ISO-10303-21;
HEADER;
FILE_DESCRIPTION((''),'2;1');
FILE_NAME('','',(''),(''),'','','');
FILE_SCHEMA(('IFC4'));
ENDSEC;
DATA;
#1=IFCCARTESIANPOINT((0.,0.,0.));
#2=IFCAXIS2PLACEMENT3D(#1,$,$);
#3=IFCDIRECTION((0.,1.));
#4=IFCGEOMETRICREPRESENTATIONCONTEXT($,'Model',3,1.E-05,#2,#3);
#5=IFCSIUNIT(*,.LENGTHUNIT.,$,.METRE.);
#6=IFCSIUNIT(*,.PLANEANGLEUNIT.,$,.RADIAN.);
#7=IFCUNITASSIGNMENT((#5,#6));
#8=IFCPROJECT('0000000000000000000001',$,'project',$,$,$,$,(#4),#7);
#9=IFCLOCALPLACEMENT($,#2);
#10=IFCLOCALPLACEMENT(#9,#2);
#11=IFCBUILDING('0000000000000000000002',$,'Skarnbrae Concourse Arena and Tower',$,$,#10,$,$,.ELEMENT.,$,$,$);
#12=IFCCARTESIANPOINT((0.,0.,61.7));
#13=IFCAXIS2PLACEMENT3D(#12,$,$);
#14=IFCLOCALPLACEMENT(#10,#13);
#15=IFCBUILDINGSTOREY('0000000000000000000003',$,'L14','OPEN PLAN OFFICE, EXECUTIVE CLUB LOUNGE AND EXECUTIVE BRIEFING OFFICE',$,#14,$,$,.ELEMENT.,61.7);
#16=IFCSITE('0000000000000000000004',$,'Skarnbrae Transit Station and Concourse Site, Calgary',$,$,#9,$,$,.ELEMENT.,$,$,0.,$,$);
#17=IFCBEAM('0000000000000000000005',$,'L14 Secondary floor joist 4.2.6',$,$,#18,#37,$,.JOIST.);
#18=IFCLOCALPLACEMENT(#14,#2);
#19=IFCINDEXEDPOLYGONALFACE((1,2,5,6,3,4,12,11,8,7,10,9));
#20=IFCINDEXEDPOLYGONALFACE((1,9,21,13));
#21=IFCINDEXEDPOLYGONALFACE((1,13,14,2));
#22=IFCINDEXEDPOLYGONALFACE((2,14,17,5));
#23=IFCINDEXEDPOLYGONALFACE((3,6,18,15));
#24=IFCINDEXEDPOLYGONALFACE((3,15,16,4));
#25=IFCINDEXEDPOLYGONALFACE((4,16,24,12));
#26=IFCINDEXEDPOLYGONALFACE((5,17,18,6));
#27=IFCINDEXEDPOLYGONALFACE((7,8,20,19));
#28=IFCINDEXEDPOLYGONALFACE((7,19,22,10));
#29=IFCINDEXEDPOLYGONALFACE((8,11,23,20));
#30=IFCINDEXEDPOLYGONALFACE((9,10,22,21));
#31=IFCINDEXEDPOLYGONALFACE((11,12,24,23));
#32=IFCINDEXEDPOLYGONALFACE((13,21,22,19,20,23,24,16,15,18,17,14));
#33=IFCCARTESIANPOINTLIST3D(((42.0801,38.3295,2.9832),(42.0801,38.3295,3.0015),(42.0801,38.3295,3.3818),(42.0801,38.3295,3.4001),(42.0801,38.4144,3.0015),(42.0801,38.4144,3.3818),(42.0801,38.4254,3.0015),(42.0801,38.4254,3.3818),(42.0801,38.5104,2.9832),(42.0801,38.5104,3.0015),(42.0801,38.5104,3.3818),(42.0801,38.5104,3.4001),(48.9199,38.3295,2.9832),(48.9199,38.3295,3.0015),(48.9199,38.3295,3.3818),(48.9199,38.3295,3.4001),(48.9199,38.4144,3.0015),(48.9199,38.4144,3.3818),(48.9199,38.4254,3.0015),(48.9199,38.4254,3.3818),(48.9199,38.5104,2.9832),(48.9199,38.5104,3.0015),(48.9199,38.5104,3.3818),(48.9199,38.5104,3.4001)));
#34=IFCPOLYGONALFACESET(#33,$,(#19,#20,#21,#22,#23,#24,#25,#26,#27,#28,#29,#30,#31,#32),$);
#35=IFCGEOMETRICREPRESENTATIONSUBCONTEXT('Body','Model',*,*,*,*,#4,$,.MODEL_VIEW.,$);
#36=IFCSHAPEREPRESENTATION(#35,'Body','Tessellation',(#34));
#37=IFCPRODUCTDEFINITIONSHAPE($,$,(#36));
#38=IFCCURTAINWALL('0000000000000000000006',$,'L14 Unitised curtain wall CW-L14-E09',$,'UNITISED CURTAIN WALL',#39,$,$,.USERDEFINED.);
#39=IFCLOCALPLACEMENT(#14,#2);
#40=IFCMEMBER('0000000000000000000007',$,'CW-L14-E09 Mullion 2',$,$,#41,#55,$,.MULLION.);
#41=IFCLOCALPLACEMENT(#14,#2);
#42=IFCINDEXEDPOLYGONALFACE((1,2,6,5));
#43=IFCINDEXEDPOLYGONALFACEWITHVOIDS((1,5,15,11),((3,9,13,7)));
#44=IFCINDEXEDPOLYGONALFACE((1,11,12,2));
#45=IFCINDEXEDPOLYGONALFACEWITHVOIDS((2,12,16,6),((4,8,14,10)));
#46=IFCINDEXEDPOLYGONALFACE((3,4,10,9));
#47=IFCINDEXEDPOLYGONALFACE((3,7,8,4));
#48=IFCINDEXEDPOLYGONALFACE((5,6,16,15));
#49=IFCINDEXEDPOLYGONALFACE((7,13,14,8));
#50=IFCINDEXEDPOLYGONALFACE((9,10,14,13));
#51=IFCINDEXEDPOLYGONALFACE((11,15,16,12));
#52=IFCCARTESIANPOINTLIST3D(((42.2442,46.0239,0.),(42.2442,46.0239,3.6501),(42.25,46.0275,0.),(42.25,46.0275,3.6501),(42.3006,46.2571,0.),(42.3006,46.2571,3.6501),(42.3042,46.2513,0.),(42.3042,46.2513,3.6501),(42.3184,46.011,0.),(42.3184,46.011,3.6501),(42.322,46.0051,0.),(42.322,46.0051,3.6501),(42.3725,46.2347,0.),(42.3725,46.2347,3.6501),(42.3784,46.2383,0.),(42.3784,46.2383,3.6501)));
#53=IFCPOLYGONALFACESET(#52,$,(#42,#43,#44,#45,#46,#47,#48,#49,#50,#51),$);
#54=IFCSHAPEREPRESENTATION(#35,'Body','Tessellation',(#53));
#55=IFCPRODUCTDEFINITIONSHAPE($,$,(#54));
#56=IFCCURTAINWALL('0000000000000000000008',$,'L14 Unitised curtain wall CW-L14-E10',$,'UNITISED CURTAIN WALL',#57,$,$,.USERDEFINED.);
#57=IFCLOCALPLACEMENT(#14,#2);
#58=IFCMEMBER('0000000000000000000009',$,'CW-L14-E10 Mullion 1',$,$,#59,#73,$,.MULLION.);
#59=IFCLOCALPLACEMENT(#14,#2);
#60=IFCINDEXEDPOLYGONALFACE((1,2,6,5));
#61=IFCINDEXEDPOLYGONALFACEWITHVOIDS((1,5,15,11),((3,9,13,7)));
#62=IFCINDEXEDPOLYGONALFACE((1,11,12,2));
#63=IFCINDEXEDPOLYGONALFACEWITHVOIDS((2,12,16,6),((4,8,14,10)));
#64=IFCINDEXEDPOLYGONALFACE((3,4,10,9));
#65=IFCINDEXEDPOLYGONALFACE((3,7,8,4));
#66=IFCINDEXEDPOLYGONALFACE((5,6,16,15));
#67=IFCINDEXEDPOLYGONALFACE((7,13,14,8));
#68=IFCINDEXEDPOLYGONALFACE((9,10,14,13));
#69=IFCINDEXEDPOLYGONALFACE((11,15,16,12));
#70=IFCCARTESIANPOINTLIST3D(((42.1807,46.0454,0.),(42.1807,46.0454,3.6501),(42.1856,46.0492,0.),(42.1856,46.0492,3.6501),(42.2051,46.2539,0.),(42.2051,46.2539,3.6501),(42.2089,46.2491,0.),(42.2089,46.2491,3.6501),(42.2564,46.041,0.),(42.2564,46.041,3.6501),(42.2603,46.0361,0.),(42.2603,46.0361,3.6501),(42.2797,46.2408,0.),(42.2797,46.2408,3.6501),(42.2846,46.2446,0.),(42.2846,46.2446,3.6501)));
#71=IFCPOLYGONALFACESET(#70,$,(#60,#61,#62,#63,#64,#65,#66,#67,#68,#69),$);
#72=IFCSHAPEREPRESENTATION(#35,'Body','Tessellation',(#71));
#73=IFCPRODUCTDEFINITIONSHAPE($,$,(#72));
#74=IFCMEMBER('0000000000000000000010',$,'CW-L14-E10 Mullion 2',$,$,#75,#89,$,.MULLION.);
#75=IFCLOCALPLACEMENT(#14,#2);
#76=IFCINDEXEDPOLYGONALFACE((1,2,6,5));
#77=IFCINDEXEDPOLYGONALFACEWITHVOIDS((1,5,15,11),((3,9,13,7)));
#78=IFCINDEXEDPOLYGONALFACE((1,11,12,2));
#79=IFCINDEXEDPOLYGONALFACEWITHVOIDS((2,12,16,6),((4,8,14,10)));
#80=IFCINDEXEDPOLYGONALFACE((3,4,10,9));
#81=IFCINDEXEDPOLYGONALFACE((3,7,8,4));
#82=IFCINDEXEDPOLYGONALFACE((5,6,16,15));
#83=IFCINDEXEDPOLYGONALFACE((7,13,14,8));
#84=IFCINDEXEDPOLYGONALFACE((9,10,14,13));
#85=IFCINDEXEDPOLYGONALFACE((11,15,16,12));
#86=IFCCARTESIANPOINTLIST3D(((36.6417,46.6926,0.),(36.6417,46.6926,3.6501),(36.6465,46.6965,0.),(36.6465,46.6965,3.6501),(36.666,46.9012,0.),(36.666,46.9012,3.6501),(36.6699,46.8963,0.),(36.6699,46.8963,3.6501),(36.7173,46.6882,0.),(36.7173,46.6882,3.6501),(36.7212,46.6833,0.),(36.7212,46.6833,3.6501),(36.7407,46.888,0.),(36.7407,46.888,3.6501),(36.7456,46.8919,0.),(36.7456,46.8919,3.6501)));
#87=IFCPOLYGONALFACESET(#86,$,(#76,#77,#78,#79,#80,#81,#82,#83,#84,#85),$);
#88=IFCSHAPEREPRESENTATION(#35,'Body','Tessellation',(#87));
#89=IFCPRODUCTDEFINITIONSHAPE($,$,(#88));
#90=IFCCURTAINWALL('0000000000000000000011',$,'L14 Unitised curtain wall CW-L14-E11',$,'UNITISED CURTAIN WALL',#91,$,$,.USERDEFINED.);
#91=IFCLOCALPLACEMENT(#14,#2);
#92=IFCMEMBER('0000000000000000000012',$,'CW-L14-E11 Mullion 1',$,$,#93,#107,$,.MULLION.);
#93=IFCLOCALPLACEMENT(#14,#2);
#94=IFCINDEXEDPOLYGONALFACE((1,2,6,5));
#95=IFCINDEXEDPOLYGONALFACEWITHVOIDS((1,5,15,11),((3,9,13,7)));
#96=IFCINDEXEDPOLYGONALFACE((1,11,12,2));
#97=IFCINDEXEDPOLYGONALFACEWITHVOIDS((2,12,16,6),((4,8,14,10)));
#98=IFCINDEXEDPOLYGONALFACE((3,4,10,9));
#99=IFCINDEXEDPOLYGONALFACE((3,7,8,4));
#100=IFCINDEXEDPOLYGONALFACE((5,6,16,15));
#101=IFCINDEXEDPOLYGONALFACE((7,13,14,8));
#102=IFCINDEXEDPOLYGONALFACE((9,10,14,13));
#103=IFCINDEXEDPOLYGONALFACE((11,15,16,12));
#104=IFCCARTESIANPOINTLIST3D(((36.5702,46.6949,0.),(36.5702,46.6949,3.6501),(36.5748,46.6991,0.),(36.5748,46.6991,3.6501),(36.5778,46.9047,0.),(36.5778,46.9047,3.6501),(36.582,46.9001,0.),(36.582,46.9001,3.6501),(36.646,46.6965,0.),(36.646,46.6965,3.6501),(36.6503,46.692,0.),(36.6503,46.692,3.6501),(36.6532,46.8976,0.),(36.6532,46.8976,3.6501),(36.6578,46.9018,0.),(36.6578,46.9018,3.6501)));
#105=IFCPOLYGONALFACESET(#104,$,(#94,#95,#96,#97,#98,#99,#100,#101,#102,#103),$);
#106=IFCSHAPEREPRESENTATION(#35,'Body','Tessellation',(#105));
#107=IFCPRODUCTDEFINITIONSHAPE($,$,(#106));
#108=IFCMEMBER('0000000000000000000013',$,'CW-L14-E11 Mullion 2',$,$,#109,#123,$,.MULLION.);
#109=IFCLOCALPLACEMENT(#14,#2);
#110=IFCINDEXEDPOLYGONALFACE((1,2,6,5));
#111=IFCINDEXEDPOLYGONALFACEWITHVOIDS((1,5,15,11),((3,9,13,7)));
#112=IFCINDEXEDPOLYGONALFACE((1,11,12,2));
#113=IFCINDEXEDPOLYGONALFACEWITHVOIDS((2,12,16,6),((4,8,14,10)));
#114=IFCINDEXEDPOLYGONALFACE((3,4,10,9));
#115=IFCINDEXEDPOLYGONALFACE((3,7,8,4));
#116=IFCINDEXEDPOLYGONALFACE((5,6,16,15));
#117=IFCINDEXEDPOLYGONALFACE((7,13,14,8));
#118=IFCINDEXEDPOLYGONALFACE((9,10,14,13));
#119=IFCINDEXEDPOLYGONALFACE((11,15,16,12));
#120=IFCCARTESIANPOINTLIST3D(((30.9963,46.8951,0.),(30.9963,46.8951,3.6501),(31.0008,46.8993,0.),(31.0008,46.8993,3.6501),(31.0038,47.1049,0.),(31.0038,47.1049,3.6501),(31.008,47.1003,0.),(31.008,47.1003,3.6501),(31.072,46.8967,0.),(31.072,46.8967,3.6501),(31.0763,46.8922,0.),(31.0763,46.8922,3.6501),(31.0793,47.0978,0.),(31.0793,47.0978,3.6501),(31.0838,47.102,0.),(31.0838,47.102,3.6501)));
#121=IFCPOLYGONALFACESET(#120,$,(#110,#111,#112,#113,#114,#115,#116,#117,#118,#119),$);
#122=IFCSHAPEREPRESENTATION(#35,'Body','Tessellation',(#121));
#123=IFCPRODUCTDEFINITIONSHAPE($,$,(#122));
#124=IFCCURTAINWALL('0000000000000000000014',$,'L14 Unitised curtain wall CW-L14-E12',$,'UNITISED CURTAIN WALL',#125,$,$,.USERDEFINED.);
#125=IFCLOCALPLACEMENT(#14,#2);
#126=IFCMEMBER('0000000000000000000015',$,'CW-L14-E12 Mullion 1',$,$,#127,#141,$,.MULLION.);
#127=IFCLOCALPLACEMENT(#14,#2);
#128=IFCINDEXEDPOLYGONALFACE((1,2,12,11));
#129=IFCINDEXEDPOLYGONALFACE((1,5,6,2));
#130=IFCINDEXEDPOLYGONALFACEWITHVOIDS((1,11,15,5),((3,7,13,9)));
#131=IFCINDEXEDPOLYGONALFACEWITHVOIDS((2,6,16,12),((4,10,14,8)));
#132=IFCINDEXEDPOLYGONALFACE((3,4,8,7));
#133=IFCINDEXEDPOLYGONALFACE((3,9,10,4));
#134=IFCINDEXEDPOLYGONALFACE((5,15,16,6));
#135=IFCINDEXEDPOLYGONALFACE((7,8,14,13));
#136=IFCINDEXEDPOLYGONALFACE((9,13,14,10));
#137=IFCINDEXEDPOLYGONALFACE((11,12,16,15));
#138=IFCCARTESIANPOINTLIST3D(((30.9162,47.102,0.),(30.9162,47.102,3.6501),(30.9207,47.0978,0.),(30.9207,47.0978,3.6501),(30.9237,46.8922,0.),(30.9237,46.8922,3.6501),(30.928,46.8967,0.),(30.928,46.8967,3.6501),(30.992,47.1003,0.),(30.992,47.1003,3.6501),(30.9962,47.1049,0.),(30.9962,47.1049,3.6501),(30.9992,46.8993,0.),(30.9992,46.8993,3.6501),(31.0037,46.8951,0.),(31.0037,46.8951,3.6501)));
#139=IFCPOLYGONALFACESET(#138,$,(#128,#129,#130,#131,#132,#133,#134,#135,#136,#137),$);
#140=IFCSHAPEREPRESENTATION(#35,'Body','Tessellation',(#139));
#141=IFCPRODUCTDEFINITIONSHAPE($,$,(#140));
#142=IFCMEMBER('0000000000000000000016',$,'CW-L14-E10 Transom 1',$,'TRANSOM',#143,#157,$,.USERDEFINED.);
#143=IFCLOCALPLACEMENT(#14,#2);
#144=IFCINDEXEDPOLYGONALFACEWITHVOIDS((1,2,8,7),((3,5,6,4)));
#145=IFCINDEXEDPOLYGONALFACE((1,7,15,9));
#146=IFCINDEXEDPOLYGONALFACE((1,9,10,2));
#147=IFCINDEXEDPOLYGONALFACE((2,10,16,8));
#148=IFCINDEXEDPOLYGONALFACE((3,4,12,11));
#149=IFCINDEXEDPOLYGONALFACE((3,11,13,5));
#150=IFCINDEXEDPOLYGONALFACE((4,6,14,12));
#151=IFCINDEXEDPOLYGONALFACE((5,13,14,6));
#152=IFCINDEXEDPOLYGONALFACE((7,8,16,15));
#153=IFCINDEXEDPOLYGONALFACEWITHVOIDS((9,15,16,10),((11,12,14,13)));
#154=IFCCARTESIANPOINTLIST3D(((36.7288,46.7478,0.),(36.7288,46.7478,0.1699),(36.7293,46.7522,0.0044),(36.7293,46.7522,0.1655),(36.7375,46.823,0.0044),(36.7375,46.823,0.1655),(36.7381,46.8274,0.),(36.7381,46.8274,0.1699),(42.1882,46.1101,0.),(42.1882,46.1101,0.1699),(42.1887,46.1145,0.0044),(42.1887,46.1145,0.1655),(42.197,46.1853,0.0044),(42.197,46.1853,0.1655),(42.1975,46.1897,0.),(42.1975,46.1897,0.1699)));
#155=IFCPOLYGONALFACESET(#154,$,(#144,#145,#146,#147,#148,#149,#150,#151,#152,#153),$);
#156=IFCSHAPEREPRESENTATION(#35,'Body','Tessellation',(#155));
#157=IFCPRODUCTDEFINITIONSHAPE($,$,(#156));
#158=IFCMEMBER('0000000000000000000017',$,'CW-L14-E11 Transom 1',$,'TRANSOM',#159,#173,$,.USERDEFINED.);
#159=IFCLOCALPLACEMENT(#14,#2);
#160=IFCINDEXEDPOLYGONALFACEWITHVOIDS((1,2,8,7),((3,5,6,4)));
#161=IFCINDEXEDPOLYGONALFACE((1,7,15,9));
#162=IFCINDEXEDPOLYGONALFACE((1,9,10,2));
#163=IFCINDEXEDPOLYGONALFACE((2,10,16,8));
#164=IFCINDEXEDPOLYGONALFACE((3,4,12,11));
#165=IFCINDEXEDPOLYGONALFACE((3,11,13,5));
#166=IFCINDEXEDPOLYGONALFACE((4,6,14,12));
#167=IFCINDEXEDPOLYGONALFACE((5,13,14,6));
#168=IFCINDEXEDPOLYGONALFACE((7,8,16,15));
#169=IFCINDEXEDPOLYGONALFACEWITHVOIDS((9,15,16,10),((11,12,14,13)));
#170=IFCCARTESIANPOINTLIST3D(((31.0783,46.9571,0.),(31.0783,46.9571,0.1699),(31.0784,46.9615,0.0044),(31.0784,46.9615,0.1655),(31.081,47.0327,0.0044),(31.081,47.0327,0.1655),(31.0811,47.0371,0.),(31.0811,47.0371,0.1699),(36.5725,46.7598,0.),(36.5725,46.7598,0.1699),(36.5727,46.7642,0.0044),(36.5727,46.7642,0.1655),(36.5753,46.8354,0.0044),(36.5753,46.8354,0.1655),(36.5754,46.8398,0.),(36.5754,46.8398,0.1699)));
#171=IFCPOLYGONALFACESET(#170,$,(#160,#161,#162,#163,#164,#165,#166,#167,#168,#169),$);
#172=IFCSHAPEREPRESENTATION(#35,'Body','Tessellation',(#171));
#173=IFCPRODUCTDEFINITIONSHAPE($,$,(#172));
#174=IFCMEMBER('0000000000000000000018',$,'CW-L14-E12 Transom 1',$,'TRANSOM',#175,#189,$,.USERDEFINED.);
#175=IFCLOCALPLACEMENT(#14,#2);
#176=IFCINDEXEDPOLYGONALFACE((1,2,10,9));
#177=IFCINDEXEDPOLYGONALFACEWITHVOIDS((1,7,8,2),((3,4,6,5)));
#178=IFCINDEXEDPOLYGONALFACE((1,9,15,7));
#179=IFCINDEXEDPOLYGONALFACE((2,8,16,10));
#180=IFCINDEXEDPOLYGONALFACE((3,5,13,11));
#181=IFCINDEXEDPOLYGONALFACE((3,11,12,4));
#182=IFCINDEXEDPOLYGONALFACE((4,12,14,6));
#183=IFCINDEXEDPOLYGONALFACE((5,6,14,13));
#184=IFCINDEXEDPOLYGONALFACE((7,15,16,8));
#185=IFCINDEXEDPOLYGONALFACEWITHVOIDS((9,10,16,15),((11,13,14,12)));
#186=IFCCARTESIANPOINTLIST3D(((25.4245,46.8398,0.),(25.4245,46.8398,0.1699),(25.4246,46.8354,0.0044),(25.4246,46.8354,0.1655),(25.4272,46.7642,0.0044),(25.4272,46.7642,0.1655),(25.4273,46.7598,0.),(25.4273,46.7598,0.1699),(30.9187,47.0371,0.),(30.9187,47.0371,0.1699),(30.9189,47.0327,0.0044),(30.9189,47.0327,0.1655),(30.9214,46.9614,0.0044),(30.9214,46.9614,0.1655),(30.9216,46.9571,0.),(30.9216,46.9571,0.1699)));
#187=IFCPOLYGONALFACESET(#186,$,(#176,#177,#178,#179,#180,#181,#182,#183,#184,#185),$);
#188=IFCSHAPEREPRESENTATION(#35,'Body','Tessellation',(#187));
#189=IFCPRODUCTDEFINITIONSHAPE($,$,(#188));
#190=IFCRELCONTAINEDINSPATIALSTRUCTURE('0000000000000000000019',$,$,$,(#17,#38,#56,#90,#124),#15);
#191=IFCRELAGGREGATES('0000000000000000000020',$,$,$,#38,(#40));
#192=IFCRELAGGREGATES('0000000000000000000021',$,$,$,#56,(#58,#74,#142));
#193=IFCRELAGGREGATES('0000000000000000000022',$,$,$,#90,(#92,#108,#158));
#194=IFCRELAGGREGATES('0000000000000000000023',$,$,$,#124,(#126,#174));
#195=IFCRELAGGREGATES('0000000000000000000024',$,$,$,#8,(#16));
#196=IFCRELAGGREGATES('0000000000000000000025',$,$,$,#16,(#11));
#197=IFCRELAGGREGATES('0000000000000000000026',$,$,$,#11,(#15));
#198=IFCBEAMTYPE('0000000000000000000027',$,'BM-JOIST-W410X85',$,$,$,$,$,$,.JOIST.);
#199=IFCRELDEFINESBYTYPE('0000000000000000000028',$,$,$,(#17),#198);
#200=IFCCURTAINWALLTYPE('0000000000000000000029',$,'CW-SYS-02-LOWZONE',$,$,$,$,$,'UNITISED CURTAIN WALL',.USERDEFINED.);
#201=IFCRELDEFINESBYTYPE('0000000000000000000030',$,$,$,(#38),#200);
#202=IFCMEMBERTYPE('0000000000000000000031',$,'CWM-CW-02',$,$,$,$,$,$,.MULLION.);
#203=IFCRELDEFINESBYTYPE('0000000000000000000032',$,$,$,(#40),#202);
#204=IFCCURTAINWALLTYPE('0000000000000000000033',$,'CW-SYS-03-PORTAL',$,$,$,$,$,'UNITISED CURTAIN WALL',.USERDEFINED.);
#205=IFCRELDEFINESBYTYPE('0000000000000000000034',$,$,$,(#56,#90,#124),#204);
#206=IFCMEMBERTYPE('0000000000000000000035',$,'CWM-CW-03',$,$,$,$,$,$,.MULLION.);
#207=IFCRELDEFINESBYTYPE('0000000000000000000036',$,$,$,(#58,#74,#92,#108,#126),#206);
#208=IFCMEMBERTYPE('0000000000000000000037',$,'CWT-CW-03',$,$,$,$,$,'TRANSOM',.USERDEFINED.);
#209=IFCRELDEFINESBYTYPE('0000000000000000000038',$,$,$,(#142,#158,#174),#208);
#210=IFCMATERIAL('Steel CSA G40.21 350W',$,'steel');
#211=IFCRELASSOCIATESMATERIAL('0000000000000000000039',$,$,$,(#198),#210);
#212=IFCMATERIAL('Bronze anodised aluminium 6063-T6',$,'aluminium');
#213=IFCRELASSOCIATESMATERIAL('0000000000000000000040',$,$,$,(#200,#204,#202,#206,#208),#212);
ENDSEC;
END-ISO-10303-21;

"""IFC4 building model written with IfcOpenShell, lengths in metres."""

from ifc_helpers import new_model, si_unit, direction, frame, origin, origin_2d, place, context, subcontext, project, spatial, hollow_rectangle, i_section, extrude, source, transform, mapped, material, material_profile, profile_set, type_object, element, aggregate, save


model = new_model("IFC4")

# Units and contexts
model_context = context("Model", 3, precision=1e-05, world=origin(), true_north=direction((0.0, 1.0)))
body_context = subcontext(model_context, "Body", "Model", "MODEL_VIEW")
ifc_project = project(units=[si_unit("LENGTHUNIT", "METRE"), si_unit("PLANEANGLEUNIT", "RADIAN")], contexts=[model_context])

# Site, building, storey
site_placement = place(None, origin())
site = spatial("IfcSite", under=ifc_project, at=site_placement, Name="Skarnbrae Transit Station and Concourse Site, Calgary", CompositionType="ELEMENT", RefElevation=0.0)
building_placement = place(site_placement, origin())
building = spatial("IfcBuilding", under=site, at=building_placement, Name="Skarnbrae Concourse Arena and Tower", CompositionType="ELEMENT")
storey_placement = place(building_placement, frame((0.0, 0.0, 61.7)))
storey = spatial("IfcBuildingStorey", under=building, at=storey_placement, Name="L14", Description="OPEN PLAN OFFICE, EXECUTIVE CLUB LOUNGE AND EXECUTIVE BRIEFING OFFICE", CompositionType="ELEMENT", Elevation=61.7)

# Shared definitions
ifc_material_1 = material(Name="Steel CSA G40.21 350W", Category="steel")

# Beam
ifc_material_profile_1 = material_profile(ifc_material_1, i_section(OverallWidth=0.1809, OverallDepth=0.417, WebThickness=0.011, FlangeThickness=0.0183, at=origin_2d()), Name="W410X85")
ifc_profile_set_1 = profile_set([ifc_material_profile_1], Name="Steel CSA G40.21 350W")
beam_type_1 = type_object("IfcBeamType", Name="BM-JOIST-W410X85", PredefinedType="JOIST", material=ifc_profile_set_1)
shared_shape_1 = source(origin(), body_context, "Body", "SweptSolid", [
    extrude(i_section(OverallWidth=0.1809, OverallDepth=0.417, WebThickness=0.011, FlangeThickness=0.0183, at=origin_2d()), origin(), (0.0, 0.0, 1.0), 6.8398),
])
for number, where, z_axis, x_axis, name in (
    (1, (42.0801, 38.4199, 3.1917), (1.0, 0.0, 0.0), (0.0, 1.0, 0.0), "L14 Secondary floor joist 4.2.6"),
):
    element("IfcBeam", number, at=place(storey_placement, frame(where, z_axis=z_axis, x_axis=x_axis)), inside=storey, type_object=beam_type_1, Name=name, PredefinedType="JOIST", context=body_context, shape_type="MappedRepresentation", body=[
        mapped(shared_shape_1, transform((0.0, 0.0, 0.0))),
    ])

# Curtain wall, member
ifc_material_2 = material(Name="Bronze anodised aluminium 6063-T6", Category="aluminium")
curtain_wall_type_1 = type_object("IfcCurtainWallType", Name="CW-SYS-02-LOWZONE", ElementType="UNITISED CURTAIN WALL", PredefinedType="USERDEFINED", material=ifc_material_2)
curtain_wall_1_placement = place(storey_placement, origin())
curtain_wall_1 = element("IfcCurtainWall", 2, at=curtain_wall_1_placement, inside=storey, type_object=curtain_wall_type_1, Name="L14 Unitised curtain wall CW-L14-E09", ObjectType="UNITISED CURTAIN WALL", PredefinedType="USERDEFINED")
ifc_material_profile_2 = material_profile(ifc_material_2, hollow_rectangle(XDim=0.0801, YDim=0.24, WallThickness=0.0049, at=origin_2d()), Name="ALU-MULL-80X240")
ifc_profile_set_2 = profile_set([ifc_material_profile_2], Name="Bronze anodised aluminium 6063-T6")
member_type_1 = type_object("IfcMemberType", Name="CWM-CW-02", PredefinedType="MULLION", material=ifc_profile_set_2)
shared_shape_2 = source(origin(), body_context, "Body", "SweptSolid", [
    extrude(hollow_rectangle(XDim=0.0801, YDim=0.24, WallThickness=0.0049, at=origin_2d()), origin(), (0.0, 0.0, 1.0), 3.6501),
])
member_1_placement = place(storey_placement, frame((42.3113, 46.1311, 0.0), z_axis=(0.0, 0.0, 1.0), x_axis=(-0.971974, 0.23509, 0.0)))
member_1 = element("IfcMember", 3, at=member_1_placement, type_object=member_type_1, Name="CW-L14-E09 Mullion 2", PredefinedType="MULLION", context=body_context, shape_type="MappedRepresentation", body=[
    mapped(shared_shape_2, transform((0.0, 0.0, 0.0))),
])
aggregate(curtain_wall_1, [member_1])

# Curtain walls, members
curtain_wall_type_2 = type_object("IfcCurtainWallType", Name="CW-SYS-03-PORTAL", ElementType="UNITISED CURTAIN WALL", PredefinedType="USERDEFINED", material=ifc_material_2)
curtain_wall_2_placement = place(storey_placement, origin())
curtain_wall_2 = element("IfcCurtainWall", 4, at=curtain_wall_2_placement, inside=storey, type_object=curtain_wall_type_2, Name="L14 Unitised curtain wall CW-L14-E10", ObjectType="UNITISED CURTAIN WALL", PredefinedType="USERDEFINED")
ifc_material_profile_3 = material_profile(ifc_material_2, hollow_rectangle(XDim=0.0801, YDim=0.21, WallThickness=0.0044, at=origin_2d()), Name="ALU-MULL-80X210")
ifc_profile_set_3 = profile_set([ifc_material_profile_3], Name="Bronze anodised aluminium 6063-T6")
member_type_2 = type_object("IfcMemberType", Name="CWM-CW-03", PredefinedType="MULLION", material=ifc_profile_set_3)
shared_shape_3 = source(origin(), body_context, "Body", "SweptSolid", [
    extrude(hollow_rectangle(XDim=0.0801, YDim=0.21, WallThickness=0.0044, at=origin_2d()), origin(), (0.0, 0.0, 1.0), 3.6501),
])
member_2_placement = place(storey_placement, frame((42.2327, 46.145, 0.0), z_axis=(0.0, 0.0, 1.0), x_axis=(-0.993245, 0.11604, 0.0)))
member_2 = element("IfcMember", 5, at=member_2_placement, type_object=member_type_2, Name="CW-L14-E10 Mullion 1", PredefinedType="MULLION", context=body_context, shape_type="MappedRepresentation", body=[
    mapped(shared_shape_3, transform((0.0, 0.0, 0.0))),
])
member_3_placement = place(storey_placement, frame((36.6936, 46.7922, 0.0), z_axis=(0.0, 0.0, 1.0), x_axis=(-0.993245, 0.11604, 0.0)))
member_3 = element("IfcMember", 6, at=member_3_placement, type_object=member_type_2, Name="CW-L14-E10 Mullion 2", PredefinedType="MULLION", context=body_context, shape_type="MappedRepresentation", body=[
    mapped(shared_shape_3, transform((0.0, 0.0, 0.0))),
])
curtain_wall_3_placement = place(storey_placement, origin())
curtain_wall_3 = element("IfcCurtainWall", 7, at=curtain_wall_3_placement, inside=storey, type_object=curtain_wall_type_2, Name="L14 Unitised curtain wall CW-L14-E11", ObjectType="UNITISED CURTAIN WALL", PredefinedType="USERDEFINED")
member_4_placement = place(storey_placement, frame((36.614, 46.7983, 0.0), z_axis=(0.0, 0.0, 1.0), x_axis=(-0.999355, 0.035899, 0.0)))
member_4 = element("IfcMember", 8, at=member_4_placement, type_object=member_type_2, Name="CW-L14-E11 Mullion 1", PredefinedType="MULLION", context=body_context, shape_type="MappedRepresentation", body=[
    mapped(shared_shape_3, transform((0.0, 0.0, 0.0))),
])
member_5_placement = place(storey_placement, frame((31.04, 46.9985, 0.0), z_axis=(0.0, 0.0, 1.0), x_axis=(-0.999355, 0.035899, 0.0)))
member_5 = element("IfcMember", 9, at=member_5_placement, type_object=member_type_2, Name="CW-L14-E11 Mullion 2", PredefinedType="MULLION", context=body_context, shape_type="MappedRepresentation", body=[
    mapped(shared_shape_3, transform((0.0, 0.0, 0.0))),
])

# Curtain wall, member
curtain_wall_4_placement = place(storey_placement, origin())
curtain_wall_4 = element("IfcCurtainWall", 10, at=curtain_wall_4_placement, inside=storey, type_object=curtain_wall_type_2, Name="L14 Unitised curtain wall CW-L14-E12", ObjectType="UNITISED CURTAIN WALL", PredefinedType="USERDEFINED")
member_6_placement = place(storey_placement, frame((30.96, 46.9985, 0.0), z_axis=(0.0, 0.0, 1.0), x_axis=(-0.999355, -0.035899, 0.0)))
member_6 = element("IfcMember", 11, at=member_6_placement, type_object=member_type_2, Name="CW-L14-E12 Mullion 1", PredefinedType="MULLION", context=body_context, shape_type="MappedRepresentation", body=[
    mapped(shared_shape_3, transform((0.0, 0.0, 0.0))),
])

# Members
ifc_material_profile_4 = material_profile(ifc_material_2, hollow_rectangle(XDim=0.0801, YDim=0.1699, WallThickness=0.0044, at=origin_2d()), Name="ALU-TRAN-80X170")
ifc_profile_set_4 = profile_set([ifc_material_profile_4], Name="Bronze anodised aluminium 6063-T6")
member_type_3 = type_object("IfcMemberType", Name="CWT-CW-03", ElementType="TRANSOM", PredefinedType="USERDEFINED", material=ifc_profile_set_4)
shared_shape_4 = source(origin(), body_context, "Body", "SweptSolid", [
    extrude(hollow_rectangle(XDim=0.0801, YDim=0.1699, WallThickness=0.0044, at=origin_2d()), origin(), (0.0, 0.0, 1.0), 5.4966),
])
member_7_placement = place(storey_placement, frame((42.1929, 46.1499, 0.085), z_axis=(-0.993247, 0.116017, 0.0), x_axis=(-0.116017, -0.993247, 0.0)))
member_7 = element("IfcMember", 12, at=member_7_placement, type_object=member_type_3, Name="CW-L14-E10 Transom 1", ObjectType="TRANSOM", PredefinedType="USERDEFINED", context=body_context, shape_type="MappedRepresentation", body=[
    mapped(shared_shape_4, transform((0.0, 0.0, 0.0))),
])
shared_shape_5 = source(origin(), body_context, "Body", "SweptSolid", [
    extrude(hollow_rectangle(XDim=0.0801, YDim=0.1699, WallThickness=0.0044, at=origin_2d()), origin(), (0.0, 0.0, 1.0), 5.4978),
])
member_8_placement = place(storey_placement, frame((36.574, 46.7998, 0.085), z_axis=(-0.999356, 0.035882, 0.0), x_axis=(-0.035882, -0.999356, 0.0)))
member_8 = element("IfcMember", 13, at=member_8_placement, type_object=member_type_3, Name="CW-L14-E11 Transom 1", ObjectType="TRANSOM", PredefinedType="USERDEFINED", context=body_context, shape_type="MappedRepresentation", body=[
    mapped(shared_shape_5, transform((0.0, 0.0, 0.0))),
])
member_9_placement = place(storey_placement, frame((30.9202, 46.9971, 0.085), z_axis=(-0.999356, -0.035882, 0.0), x_axis=(0.035882, -0.999356, 0.0)))
member_9 = element("IfcMember", 14, at=member_9_placement, type_object=member_type_3, Name="CW-L14-E12 Transom 1", ObjectType="TRANSOM", PredefinedType="USERDEFINED", context=body_context, shape_type="MappedRepresentation", body=[
    mapped(shared_shape_5, transform((0.0, 0.0, 0.0))),
])

aggregate(curtain_wall_2, [member_2, member_3, member_7])
aggregate(curtain_wall_3, [member_4, member_5, member_8])
aggregate(curtain_wall_4, [member_6, member_9])

save(model, "model.ifc")
